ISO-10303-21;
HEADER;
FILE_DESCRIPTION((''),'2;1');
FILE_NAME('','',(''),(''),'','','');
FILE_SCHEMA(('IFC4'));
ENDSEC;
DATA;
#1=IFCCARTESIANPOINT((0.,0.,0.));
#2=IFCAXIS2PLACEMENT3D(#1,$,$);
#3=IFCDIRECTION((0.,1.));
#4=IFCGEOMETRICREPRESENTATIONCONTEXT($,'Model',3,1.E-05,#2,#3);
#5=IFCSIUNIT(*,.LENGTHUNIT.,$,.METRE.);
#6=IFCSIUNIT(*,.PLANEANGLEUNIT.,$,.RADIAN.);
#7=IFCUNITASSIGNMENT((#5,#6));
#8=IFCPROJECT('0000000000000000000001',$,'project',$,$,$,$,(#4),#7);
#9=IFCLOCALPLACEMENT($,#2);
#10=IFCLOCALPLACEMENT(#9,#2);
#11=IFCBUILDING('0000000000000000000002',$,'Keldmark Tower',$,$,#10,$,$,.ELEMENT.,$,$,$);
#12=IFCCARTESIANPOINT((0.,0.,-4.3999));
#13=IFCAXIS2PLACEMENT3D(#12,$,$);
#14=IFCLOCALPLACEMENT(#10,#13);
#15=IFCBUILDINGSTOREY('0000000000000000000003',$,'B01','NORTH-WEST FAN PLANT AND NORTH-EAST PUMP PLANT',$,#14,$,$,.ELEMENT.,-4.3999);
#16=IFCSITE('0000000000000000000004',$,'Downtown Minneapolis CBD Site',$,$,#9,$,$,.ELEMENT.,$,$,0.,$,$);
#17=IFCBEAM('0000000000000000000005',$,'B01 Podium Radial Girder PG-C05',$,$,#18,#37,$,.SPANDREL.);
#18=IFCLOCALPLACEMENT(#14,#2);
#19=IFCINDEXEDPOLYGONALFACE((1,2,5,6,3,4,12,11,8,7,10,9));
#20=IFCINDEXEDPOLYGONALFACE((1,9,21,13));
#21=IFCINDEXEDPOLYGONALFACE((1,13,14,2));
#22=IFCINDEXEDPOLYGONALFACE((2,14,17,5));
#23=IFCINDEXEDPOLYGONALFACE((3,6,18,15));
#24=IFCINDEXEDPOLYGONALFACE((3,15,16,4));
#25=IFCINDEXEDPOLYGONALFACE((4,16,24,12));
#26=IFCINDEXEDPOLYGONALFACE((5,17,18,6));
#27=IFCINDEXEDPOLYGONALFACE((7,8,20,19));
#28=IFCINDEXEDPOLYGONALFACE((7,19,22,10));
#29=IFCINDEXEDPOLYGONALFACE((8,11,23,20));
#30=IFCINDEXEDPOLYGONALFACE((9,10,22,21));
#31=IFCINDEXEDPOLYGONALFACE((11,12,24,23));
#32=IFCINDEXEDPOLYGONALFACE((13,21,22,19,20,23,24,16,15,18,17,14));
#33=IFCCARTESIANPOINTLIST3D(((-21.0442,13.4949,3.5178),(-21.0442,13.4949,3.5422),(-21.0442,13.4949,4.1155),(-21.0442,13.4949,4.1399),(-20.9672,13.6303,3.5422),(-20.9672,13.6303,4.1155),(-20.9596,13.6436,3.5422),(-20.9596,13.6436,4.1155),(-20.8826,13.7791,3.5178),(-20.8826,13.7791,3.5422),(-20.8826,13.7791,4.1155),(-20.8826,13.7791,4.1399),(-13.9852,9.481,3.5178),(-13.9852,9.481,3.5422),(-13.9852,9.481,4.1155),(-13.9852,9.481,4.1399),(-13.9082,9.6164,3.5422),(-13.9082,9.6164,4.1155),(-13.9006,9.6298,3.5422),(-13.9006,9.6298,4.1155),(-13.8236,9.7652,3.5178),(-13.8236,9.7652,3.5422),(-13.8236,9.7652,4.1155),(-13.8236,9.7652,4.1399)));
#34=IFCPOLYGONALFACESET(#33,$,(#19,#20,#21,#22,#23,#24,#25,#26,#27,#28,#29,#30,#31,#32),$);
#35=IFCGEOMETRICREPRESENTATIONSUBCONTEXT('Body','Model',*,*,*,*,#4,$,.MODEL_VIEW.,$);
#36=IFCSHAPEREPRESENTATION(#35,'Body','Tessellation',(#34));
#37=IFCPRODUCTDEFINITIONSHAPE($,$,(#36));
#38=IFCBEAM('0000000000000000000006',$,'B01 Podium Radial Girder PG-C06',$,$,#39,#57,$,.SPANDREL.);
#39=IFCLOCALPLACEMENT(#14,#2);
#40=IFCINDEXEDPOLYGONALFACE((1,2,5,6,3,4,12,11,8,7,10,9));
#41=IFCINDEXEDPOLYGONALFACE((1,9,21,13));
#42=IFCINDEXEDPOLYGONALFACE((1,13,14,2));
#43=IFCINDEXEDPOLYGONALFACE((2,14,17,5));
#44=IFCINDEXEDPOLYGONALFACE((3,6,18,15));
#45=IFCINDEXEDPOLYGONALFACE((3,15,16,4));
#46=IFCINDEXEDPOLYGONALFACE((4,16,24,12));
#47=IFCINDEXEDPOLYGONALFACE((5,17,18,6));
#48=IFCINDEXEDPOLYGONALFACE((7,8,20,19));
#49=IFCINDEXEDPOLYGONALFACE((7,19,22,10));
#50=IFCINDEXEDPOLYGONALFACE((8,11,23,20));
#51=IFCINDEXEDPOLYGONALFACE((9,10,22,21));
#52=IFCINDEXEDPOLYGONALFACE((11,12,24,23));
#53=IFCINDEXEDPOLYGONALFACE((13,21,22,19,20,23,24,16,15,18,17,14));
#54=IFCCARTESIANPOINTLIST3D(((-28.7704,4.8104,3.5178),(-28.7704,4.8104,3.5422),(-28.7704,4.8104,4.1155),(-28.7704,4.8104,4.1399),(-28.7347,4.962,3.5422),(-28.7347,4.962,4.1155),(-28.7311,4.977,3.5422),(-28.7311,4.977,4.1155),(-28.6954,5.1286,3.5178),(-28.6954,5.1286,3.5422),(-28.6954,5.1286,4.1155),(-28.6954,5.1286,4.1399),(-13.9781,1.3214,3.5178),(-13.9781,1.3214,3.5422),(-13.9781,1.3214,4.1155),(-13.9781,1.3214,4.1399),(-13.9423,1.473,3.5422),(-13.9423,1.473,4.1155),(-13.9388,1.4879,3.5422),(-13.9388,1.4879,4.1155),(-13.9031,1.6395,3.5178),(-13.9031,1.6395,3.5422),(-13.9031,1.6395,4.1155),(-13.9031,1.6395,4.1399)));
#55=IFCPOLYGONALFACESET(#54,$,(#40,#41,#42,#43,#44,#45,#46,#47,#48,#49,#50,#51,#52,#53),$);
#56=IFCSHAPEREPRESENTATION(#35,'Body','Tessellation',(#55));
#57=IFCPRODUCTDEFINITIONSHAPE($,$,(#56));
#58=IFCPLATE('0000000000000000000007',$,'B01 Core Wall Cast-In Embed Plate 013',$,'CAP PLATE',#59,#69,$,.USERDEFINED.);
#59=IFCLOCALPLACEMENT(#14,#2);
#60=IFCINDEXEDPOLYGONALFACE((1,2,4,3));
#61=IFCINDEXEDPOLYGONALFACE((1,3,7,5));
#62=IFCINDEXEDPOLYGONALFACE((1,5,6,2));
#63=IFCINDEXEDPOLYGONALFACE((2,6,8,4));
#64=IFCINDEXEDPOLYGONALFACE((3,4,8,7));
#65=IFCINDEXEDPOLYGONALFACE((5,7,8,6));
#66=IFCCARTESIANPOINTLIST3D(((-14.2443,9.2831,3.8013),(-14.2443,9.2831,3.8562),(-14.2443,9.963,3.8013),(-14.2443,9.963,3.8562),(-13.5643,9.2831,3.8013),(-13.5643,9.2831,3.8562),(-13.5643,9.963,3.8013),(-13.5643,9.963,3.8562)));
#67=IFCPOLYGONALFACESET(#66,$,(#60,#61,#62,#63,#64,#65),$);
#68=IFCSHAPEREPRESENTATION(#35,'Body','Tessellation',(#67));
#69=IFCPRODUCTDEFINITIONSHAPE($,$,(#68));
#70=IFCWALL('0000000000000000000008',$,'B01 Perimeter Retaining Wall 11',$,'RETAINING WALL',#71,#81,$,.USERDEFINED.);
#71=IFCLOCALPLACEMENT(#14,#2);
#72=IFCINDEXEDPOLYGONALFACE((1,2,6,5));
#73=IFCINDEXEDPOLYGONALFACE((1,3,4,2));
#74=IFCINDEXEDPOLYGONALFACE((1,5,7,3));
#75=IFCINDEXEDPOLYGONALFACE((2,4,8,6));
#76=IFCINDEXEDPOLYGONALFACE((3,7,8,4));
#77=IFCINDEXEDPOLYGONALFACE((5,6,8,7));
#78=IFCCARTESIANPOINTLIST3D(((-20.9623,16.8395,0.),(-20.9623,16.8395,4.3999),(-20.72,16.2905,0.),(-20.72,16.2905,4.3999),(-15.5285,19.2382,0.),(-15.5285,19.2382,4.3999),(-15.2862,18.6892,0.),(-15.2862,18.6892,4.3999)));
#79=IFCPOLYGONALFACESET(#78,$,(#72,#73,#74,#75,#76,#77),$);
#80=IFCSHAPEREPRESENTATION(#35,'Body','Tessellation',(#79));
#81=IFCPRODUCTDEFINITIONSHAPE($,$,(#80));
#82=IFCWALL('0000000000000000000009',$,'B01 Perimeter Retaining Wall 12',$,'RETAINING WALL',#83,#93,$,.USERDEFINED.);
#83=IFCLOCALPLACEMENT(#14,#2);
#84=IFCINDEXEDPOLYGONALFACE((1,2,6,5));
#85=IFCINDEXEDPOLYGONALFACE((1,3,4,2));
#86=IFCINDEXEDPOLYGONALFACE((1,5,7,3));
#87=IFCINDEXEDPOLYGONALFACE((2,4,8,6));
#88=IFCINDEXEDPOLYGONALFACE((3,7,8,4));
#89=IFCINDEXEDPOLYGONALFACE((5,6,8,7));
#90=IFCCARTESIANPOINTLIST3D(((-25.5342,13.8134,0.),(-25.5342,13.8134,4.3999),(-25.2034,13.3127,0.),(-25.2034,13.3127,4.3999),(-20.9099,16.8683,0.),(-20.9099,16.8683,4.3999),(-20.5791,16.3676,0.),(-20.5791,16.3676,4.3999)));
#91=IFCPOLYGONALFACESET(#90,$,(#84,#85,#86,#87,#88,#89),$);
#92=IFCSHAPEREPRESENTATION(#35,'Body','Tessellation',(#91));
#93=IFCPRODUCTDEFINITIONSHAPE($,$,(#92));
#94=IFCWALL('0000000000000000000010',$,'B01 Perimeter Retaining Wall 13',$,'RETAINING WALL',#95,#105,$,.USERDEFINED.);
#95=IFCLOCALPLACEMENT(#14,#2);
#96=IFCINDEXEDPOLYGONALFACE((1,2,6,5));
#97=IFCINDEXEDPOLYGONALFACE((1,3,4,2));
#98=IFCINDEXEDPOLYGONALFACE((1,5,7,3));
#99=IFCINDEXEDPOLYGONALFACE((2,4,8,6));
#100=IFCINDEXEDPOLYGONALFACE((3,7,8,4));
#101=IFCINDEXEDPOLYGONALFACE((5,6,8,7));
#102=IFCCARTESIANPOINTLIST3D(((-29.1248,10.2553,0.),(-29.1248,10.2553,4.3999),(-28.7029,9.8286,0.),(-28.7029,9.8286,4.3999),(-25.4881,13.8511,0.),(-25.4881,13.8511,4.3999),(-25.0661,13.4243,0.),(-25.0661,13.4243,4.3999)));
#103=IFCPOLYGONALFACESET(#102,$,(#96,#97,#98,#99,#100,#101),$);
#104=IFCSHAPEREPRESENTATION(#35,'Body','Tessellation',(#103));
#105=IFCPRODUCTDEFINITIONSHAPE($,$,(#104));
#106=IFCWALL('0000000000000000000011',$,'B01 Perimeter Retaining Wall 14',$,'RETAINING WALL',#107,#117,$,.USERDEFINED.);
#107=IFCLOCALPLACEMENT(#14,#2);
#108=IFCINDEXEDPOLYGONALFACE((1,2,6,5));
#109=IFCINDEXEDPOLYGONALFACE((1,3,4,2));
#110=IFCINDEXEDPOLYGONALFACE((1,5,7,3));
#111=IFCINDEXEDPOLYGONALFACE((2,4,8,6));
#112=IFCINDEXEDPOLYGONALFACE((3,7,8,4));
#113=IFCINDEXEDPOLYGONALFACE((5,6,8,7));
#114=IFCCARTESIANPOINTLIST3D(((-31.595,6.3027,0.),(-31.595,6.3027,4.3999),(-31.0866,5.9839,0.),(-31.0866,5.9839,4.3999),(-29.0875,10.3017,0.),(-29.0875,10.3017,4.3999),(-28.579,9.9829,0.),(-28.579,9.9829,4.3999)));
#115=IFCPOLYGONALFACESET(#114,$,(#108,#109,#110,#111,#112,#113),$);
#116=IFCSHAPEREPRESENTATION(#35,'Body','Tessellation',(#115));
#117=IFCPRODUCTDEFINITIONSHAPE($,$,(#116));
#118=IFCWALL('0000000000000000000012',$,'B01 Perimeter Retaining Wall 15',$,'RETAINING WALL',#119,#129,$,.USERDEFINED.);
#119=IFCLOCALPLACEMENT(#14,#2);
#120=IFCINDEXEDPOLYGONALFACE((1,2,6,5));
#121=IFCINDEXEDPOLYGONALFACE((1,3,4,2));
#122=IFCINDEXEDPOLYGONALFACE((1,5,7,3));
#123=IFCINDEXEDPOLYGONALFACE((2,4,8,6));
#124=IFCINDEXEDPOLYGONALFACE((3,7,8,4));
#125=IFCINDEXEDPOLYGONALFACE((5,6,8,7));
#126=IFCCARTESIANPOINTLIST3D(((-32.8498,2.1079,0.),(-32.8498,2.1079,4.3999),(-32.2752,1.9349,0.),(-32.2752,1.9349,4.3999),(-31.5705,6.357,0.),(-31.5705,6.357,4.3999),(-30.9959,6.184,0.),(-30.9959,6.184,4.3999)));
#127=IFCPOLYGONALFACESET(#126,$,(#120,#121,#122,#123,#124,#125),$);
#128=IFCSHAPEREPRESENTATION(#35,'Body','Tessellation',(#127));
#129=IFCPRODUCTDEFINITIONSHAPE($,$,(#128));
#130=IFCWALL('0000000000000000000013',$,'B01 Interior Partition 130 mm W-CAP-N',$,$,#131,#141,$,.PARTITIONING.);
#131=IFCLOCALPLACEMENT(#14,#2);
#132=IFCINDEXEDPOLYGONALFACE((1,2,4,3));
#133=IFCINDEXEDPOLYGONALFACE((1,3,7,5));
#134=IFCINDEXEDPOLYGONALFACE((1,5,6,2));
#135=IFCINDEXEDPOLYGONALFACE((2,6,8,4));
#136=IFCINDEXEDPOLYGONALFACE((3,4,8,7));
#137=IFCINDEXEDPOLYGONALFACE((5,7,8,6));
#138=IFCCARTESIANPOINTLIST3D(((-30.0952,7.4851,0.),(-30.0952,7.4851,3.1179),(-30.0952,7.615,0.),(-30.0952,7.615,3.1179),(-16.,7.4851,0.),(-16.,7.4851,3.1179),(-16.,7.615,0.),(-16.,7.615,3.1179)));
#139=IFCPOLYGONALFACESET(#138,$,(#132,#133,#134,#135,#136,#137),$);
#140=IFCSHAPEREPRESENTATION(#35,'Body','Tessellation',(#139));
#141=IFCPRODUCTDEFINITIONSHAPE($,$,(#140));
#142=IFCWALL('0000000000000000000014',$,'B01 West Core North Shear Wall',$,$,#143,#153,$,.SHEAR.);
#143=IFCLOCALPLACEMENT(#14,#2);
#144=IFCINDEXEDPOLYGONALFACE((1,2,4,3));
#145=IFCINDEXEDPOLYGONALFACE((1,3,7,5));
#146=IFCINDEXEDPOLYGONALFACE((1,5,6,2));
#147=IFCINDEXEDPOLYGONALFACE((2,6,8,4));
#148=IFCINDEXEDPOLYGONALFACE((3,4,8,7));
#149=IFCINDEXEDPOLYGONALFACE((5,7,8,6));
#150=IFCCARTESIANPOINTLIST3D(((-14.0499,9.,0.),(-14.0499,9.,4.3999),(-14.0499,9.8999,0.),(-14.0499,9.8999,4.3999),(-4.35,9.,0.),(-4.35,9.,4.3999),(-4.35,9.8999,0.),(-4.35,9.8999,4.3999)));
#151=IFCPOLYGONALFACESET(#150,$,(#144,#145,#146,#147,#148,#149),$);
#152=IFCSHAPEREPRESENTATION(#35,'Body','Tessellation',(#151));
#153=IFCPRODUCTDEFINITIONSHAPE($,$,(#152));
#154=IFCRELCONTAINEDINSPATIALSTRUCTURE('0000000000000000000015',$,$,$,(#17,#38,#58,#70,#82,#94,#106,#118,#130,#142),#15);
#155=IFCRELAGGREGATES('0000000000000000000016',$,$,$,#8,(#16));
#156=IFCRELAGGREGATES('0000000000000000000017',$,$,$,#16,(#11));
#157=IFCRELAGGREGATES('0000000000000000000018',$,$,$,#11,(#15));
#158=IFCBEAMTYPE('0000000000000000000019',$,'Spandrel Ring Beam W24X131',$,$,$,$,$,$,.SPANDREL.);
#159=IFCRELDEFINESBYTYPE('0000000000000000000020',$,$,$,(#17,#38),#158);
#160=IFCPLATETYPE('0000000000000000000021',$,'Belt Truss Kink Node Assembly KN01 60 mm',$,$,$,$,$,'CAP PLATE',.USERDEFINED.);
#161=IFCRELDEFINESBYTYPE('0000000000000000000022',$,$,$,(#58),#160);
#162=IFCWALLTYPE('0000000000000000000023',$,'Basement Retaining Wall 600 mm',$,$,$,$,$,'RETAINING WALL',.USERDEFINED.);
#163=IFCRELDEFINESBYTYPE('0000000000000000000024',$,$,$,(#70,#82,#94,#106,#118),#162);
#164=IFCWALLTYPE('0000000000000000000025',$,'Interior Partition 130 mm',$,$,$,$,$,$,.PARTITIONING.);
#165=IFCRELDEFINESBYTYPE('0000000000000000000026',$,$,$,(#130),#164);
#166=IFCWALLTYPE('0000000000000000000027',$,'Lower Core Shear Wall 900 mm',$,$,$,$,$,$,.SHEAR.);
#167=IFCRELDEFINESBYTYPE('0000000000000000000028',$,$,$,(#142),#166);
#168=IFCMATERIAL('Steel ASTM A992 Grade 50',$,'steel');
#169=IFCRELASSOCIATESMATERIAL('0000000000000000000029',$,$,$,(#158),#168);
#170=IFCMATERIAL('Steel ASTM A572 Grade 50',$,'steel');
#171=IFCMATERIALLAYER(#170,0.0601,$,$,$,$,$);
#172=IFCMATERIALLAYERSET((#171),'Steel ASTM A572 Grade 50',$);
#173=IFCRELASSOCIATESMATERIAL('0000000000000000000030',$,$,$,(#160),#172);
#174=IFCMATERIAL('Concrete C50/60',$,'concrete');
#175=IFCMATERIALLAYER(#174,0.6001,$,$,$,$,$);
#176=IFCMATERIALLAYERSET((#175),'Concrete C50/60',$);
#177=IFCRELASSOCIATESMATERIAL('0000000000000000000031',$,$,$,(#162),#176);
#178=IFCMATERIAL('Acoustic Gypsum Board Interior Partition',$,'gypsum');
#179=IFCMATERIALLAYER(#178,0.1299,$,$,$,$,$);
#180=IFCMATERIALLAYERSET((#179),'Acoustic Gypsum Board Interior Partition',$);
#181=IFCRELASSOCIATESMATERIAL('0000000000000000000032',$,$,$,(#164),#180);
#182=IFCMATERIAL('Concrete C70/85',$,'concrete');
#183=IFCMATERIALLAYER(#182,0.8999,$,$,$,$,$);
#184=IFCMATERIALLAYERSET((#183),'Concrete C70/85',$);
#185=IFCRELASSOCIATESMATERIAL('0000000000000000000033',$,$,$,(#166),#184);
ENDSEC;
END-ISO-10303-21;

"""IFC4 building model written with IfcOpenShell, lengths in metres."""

from ifc_helpers import new_model, si_unit, direction, frame, frame_2d, origin, origin_2d, place, context, subcontext, project, spatial, rectangle, i_section, extrude, material, layer, layer_set, material_profile, profile_set, type_object, element, save


model = new_model("IFC4")

# Units and contexts
model_context = context("Model", 3, precision=1e-05, world=origin(), true_north=direction((0.0, 1.0)))
body_context = subcontext(model_context, "Body", "Model", "MODEL_VIEW")
ifc_project = project(units=[si_unit("LENGTHUNIT", "METRE"), si_unit("PLANEANGLEUNIT", "RADIAN")], contexts=[model_context])

# Site, building, storey
site_placement = place(None, origin())
site = spatial("IfcSite", under=ifc_project, at=site_placement, Name="Downtown Minneapolis CBD Site", CompositionType="ELEMENT", RefElevation=0.0)
building_placement = place(site_placement, origin())
building = spatial("IfcBuilding", under=site, at=building_placement, Name="Keldmark Tower", CompositionType="ELEMENT")
storey_placement = place(building_placement, frame((0.0, 0.0, -4.3999)))
storey = spatial("IfcBuildingStorey", under=building, at=storey_placement, Name="B01", Description="NORTH-WEST FAN PLANT AND NORTH-EAST PUMP PLANT", CompositionType="ELEMENT", Elevation=-4.3999)

# Beams
ifc_material_1 = material(Name="Steel ASTM A992 Grade 50", Category="steel")
ifc_material_profile_1 = material_profile(ifc_material_1, i_section(OverallWidth=0.3269, OverallDepth=0.6221, WebThickness=0.0154, FlangeThickness=0.0244, at=origin_2d()), Name="W24X131")
ifc_profile_set_1 = profile_set([ifc_material_profile_1], Name="Steel ASTM A992 Grade 50")
beam_type_1 = type_object("IfcBeamType", Name="Spandrel Ring Beam W24X131", PredefinedType="SPANDREL", material=ifc_profile_set_1)
beam_1_placement = place(storey_placement, frame((-20.9634, 13.637, 3.8289), z_axis=(0.869294, -0.494296, 0.0), x_axis=(0.494296, 0.869294, 0.0)))
element("IfcBeam", 1, at=beam_1_placement, inside=storey, type_object=beam_type_1, Name="B01 Podium Radial Girder PG-C05", PredefinedType="SPANDREL", context=body_context, shape_type="SweptSolid", body=[
    extrude(i_section(OverallWidth=0.3269, OverallDepth=0.6221, WebThickness=0.0154, FlangeThickness=0.0244, at=origin_2d()), origin(), (0.0, 0.0, 1.0), 8.1204),
])
beam_2_placement = place(storey_placement, frame((-28.7329, 4.9695, 3.8289), z_axis=(0.973293, -0.229568, 0.0), x_axis=(0.229568, 0.973293, 0.0)))
element("IfcBeam", 2, at=beam_2_placement, inside=storey, type_object=beam_type_1, Name="B01 Podium Radial Girder PG-C06", PredefinedType="SPANDREL", context=body_context, shape_type="SweptSolid", body=[
    extrude(i_section(OverallWidth=0.3269, OverallDepth=0.6221, WebThickness=0.0154, FlangeThickness=0.0244, at=origin_2d()), origin(), (0.0, 0.0, 1.0), 15.1982),
])

# Plate
ifc_material_2 = material(Name="Steel ASTM A572 Grade 50", Category="steel")
ifc_layer_1 = layer(ifc_material_2, 0.0601)
ifc_layer_set_1 = layer_set([ifc_layer_1], Name="Steel ASTM A572 Grade 50")
plate_type = type_object("IfcPlateType", Name="Belt Truss Kink Node Assembly KN01 60 mm", ElementType="CAP PLATE", PredefinedType="USERDEFINED", material=ifc_layer_set_1)
plate_placement = place(storey_placement, frame((-13.9043, 9.623, 3.8013), z_axis=(0.0, 0.0, 1.0), x_axis=(1.0, 0.0, 0.0)))
element("IfcPlate", 3, at=plate_placement, inside=storey, type_object=plate_type, Name="B01 Core Wall Cast-In Embed Plate 013", ObjectType="CAP PLATE", PredefinedType="USERDEFINED", context=body_context, shape_type="SweptSolid", body=[
    extrude(rectangle(XDim=0.6799, YDim=0.6799, at=origin_2d()), origin(), (0.0, 0.0, 1.0), 0.0549),
])

# Walls
ifc_material_3 = material(Name="Concrete C50/60", Category="concrete")
ifc_layer_2 = layer(ifc_material_3, 0.6001)
ifc_layer_set_2 = layer_set([ifc_layer_2], Name="Concrete C50/60")
wall_type_1 = type_object("IfcWallType", Name="Basement Retaining Wall 600 mm", ElementType="RETAINING WALL", PredefinedType="USERDEFINED", material=ifc_layer_set_2)
wall_1_placement = place(storey_placement, frame((-15.4075, 18.9636, 0.0), z_axis=(0.0, 0.0, 1.0), x_axis=(-0.914831, -0.403838, 0.0)))
element("IfcWall", 4, at=wall_1_placement, inside=storey, type_object=wall_type_1, Name="B01 Perimeter Retaining Wall 11", ObjectType="RETAINING WALL", PredefinedType="USERDEFINED", context=body_context, shape_type="SweptSolid", body=[
    extrude(rectangle(XDim=5.9397, YDim=0.6001, at=frame_2d((2.9697, 0.0))), origin(), (0.0, 0.0, 1.0), 4.3999),
])
wall_2_placement = place(storey_placement, frame((-20.7446, 16.6179, 0.0), z_axis=(0.0, 0.0, 1.0), x_axis=(-0.834368, -0.551209, 0.0)))
element("IfcWall", 5, at=wall_2_placement, inside=storey, type_object=wall_type_1, Name="B01 Perimeter Retaining Wall 12", ObjectType="RETAINING WALL", PredefinedType="USERDEFINED", context=body_context, shape_type="SweptSolid", body=[
    extrude(rectangle(XDim=5.5422, YDim=0.6001, at=frame_2d((2.771, 0.0))), origin(), (0.0, 0.0, 1.0), 4.3999),
])
wall_3_placement = place(storey_placement, frame((-25.2771, 13.6377, 0.0), z_axis=(0.0, 0.0, 1.0), x_axis=(-0.711105, -0.703085, 0.0)))
element("IfcWall", 6, at=wall_3_placement, inside=storey, type_object=wall_type_1, Name="B01 Perimeter Retaining Wall 13", ObjectType="RETAINING WALL", PredefinedType="USERDEFINED", context=body_context, shape_type="SweptSolid", body=[
    extrude(rectangle(XDim=5.1143, YDim=0.6001, at=frame_2d((2.5571, 0.0))), origin(), (0.0, 0.0, 1.0), 4.3999),
])
wall_4_placement = place(storey_placement, frame((-28.8333, 10.1423, 0.0), z_axis=(0.0, 0.0, 1.0), x_axis=(-0.531244, -0.847219, 0.0)))
element("IfcWall", 7, at=wall_4_placement, inside=storey, type_object=wall_type_1, Name="B01 Perimeter Retaining Wall 14", ObjectType="RETAINING WALL", PredefinedType="USERDEFINED", context=body_context, shape_type="SweptSolid", body=[
    extrude(rectangle(XDim=4.7202, YDim=0.6001, at=frame_2d((2.3601, 0.0))), origin(), (0.0, 0.0, 1.0), 4.3999),
])
wall_5_placement = place(storey_placement, frame((-31.2832, 6.2705, 0.0), z_axis=(0.0, 0.0, 1.0), x_axis=(-0.288297, -0.957541, 0.0)))
element("IfcWall", 8, at=wall_5_placement, inside=storey, type_object=wall_type_1, Name="B01 Perimeter Retaining Wall 15", ObjectType="RETAINING WALL", PredefinedType="USERDEFINED", context=body_context, shape_type="SweptSolid", body=[
    extrude(rectangle(XDim=4.4375, YDim=0.6001, at=frame_2d((2.2188, 0.0))), origin(), (0.0, 0.0, 1.0), 4.3999),
])
ifc_material_4 = material(Name="Acoustic Gypsum Board Interior Partition", Category="gypsum")
ifc_layer_3 = layer(ifc_material_4, 0.1299)
ifc_layer_set_3 = layer_set([ifc_layer_3], Name="Acoustic Gypsum Board Interior Partition")
wall_type_2 = type_object("IfcWallType", Name="Interior Partition 130 mm", PredefinedType="PARTITIONING", material=ifc_layer_set_3)
wall_6_placement = place(storey_placement, frame((-30.0952, 7.55, 0.0), z_axis=(0.0, 0.0, 1.0), x_axis=(1.0, 0.0, 0.0)))
element("IfcWall", 9, at=wall_6_placement, inside=storey, type_object=wall_type_2, Name="B01 Interior Partition 130 mm W-CAP-N", PredefinedType="PARTITIONING", context=body_context, shape_type="SweptSolid", body=[
    extrude(rectangle(XDim=14.0952, YDim=0.1299, at=frame_2d((7.0476, 0.0))), origin(), (0.0, 0.0, 1.0), 3.1179),
])
ifc_material_5 = material(Name="Concrete C70/85", Category="concrete")
ifc_layer_4 = layer(ifc_material_5, 0.8999)
ifc_layer_set_4 = layer_set([ifc_layer_4], Name="Concrete C70/85")
wall_type_3 = type_object("IfcWallType", Name="Lower Core Shear Wall 900 mm", PredefinedType="SHEAR", material=ifc_layer_set_4)
wall_7_placement = place(storey_placement, frame((-14.05, 9.45, 0.0), z_axis=(0.0, 0.0, 1.0), x_axis=(1.0, 0.0, 0.0)))
element("IfcWall", 10, at=wall_7_placement, inside=storey, type_object=wall_type_3, Name="B01 West Core North Shear Wall", PredefinedType="SHEAR", context=body_context, shape_type="SweptSolid", body=[
    extrude(rectangle(XDim=9.7, YDim=0.8999, at=frame_2d((4.8501, 0.0))), origin(), (0.0, 0.0, 1.0), 4.3999),
])

save(model, "model.ifc")
